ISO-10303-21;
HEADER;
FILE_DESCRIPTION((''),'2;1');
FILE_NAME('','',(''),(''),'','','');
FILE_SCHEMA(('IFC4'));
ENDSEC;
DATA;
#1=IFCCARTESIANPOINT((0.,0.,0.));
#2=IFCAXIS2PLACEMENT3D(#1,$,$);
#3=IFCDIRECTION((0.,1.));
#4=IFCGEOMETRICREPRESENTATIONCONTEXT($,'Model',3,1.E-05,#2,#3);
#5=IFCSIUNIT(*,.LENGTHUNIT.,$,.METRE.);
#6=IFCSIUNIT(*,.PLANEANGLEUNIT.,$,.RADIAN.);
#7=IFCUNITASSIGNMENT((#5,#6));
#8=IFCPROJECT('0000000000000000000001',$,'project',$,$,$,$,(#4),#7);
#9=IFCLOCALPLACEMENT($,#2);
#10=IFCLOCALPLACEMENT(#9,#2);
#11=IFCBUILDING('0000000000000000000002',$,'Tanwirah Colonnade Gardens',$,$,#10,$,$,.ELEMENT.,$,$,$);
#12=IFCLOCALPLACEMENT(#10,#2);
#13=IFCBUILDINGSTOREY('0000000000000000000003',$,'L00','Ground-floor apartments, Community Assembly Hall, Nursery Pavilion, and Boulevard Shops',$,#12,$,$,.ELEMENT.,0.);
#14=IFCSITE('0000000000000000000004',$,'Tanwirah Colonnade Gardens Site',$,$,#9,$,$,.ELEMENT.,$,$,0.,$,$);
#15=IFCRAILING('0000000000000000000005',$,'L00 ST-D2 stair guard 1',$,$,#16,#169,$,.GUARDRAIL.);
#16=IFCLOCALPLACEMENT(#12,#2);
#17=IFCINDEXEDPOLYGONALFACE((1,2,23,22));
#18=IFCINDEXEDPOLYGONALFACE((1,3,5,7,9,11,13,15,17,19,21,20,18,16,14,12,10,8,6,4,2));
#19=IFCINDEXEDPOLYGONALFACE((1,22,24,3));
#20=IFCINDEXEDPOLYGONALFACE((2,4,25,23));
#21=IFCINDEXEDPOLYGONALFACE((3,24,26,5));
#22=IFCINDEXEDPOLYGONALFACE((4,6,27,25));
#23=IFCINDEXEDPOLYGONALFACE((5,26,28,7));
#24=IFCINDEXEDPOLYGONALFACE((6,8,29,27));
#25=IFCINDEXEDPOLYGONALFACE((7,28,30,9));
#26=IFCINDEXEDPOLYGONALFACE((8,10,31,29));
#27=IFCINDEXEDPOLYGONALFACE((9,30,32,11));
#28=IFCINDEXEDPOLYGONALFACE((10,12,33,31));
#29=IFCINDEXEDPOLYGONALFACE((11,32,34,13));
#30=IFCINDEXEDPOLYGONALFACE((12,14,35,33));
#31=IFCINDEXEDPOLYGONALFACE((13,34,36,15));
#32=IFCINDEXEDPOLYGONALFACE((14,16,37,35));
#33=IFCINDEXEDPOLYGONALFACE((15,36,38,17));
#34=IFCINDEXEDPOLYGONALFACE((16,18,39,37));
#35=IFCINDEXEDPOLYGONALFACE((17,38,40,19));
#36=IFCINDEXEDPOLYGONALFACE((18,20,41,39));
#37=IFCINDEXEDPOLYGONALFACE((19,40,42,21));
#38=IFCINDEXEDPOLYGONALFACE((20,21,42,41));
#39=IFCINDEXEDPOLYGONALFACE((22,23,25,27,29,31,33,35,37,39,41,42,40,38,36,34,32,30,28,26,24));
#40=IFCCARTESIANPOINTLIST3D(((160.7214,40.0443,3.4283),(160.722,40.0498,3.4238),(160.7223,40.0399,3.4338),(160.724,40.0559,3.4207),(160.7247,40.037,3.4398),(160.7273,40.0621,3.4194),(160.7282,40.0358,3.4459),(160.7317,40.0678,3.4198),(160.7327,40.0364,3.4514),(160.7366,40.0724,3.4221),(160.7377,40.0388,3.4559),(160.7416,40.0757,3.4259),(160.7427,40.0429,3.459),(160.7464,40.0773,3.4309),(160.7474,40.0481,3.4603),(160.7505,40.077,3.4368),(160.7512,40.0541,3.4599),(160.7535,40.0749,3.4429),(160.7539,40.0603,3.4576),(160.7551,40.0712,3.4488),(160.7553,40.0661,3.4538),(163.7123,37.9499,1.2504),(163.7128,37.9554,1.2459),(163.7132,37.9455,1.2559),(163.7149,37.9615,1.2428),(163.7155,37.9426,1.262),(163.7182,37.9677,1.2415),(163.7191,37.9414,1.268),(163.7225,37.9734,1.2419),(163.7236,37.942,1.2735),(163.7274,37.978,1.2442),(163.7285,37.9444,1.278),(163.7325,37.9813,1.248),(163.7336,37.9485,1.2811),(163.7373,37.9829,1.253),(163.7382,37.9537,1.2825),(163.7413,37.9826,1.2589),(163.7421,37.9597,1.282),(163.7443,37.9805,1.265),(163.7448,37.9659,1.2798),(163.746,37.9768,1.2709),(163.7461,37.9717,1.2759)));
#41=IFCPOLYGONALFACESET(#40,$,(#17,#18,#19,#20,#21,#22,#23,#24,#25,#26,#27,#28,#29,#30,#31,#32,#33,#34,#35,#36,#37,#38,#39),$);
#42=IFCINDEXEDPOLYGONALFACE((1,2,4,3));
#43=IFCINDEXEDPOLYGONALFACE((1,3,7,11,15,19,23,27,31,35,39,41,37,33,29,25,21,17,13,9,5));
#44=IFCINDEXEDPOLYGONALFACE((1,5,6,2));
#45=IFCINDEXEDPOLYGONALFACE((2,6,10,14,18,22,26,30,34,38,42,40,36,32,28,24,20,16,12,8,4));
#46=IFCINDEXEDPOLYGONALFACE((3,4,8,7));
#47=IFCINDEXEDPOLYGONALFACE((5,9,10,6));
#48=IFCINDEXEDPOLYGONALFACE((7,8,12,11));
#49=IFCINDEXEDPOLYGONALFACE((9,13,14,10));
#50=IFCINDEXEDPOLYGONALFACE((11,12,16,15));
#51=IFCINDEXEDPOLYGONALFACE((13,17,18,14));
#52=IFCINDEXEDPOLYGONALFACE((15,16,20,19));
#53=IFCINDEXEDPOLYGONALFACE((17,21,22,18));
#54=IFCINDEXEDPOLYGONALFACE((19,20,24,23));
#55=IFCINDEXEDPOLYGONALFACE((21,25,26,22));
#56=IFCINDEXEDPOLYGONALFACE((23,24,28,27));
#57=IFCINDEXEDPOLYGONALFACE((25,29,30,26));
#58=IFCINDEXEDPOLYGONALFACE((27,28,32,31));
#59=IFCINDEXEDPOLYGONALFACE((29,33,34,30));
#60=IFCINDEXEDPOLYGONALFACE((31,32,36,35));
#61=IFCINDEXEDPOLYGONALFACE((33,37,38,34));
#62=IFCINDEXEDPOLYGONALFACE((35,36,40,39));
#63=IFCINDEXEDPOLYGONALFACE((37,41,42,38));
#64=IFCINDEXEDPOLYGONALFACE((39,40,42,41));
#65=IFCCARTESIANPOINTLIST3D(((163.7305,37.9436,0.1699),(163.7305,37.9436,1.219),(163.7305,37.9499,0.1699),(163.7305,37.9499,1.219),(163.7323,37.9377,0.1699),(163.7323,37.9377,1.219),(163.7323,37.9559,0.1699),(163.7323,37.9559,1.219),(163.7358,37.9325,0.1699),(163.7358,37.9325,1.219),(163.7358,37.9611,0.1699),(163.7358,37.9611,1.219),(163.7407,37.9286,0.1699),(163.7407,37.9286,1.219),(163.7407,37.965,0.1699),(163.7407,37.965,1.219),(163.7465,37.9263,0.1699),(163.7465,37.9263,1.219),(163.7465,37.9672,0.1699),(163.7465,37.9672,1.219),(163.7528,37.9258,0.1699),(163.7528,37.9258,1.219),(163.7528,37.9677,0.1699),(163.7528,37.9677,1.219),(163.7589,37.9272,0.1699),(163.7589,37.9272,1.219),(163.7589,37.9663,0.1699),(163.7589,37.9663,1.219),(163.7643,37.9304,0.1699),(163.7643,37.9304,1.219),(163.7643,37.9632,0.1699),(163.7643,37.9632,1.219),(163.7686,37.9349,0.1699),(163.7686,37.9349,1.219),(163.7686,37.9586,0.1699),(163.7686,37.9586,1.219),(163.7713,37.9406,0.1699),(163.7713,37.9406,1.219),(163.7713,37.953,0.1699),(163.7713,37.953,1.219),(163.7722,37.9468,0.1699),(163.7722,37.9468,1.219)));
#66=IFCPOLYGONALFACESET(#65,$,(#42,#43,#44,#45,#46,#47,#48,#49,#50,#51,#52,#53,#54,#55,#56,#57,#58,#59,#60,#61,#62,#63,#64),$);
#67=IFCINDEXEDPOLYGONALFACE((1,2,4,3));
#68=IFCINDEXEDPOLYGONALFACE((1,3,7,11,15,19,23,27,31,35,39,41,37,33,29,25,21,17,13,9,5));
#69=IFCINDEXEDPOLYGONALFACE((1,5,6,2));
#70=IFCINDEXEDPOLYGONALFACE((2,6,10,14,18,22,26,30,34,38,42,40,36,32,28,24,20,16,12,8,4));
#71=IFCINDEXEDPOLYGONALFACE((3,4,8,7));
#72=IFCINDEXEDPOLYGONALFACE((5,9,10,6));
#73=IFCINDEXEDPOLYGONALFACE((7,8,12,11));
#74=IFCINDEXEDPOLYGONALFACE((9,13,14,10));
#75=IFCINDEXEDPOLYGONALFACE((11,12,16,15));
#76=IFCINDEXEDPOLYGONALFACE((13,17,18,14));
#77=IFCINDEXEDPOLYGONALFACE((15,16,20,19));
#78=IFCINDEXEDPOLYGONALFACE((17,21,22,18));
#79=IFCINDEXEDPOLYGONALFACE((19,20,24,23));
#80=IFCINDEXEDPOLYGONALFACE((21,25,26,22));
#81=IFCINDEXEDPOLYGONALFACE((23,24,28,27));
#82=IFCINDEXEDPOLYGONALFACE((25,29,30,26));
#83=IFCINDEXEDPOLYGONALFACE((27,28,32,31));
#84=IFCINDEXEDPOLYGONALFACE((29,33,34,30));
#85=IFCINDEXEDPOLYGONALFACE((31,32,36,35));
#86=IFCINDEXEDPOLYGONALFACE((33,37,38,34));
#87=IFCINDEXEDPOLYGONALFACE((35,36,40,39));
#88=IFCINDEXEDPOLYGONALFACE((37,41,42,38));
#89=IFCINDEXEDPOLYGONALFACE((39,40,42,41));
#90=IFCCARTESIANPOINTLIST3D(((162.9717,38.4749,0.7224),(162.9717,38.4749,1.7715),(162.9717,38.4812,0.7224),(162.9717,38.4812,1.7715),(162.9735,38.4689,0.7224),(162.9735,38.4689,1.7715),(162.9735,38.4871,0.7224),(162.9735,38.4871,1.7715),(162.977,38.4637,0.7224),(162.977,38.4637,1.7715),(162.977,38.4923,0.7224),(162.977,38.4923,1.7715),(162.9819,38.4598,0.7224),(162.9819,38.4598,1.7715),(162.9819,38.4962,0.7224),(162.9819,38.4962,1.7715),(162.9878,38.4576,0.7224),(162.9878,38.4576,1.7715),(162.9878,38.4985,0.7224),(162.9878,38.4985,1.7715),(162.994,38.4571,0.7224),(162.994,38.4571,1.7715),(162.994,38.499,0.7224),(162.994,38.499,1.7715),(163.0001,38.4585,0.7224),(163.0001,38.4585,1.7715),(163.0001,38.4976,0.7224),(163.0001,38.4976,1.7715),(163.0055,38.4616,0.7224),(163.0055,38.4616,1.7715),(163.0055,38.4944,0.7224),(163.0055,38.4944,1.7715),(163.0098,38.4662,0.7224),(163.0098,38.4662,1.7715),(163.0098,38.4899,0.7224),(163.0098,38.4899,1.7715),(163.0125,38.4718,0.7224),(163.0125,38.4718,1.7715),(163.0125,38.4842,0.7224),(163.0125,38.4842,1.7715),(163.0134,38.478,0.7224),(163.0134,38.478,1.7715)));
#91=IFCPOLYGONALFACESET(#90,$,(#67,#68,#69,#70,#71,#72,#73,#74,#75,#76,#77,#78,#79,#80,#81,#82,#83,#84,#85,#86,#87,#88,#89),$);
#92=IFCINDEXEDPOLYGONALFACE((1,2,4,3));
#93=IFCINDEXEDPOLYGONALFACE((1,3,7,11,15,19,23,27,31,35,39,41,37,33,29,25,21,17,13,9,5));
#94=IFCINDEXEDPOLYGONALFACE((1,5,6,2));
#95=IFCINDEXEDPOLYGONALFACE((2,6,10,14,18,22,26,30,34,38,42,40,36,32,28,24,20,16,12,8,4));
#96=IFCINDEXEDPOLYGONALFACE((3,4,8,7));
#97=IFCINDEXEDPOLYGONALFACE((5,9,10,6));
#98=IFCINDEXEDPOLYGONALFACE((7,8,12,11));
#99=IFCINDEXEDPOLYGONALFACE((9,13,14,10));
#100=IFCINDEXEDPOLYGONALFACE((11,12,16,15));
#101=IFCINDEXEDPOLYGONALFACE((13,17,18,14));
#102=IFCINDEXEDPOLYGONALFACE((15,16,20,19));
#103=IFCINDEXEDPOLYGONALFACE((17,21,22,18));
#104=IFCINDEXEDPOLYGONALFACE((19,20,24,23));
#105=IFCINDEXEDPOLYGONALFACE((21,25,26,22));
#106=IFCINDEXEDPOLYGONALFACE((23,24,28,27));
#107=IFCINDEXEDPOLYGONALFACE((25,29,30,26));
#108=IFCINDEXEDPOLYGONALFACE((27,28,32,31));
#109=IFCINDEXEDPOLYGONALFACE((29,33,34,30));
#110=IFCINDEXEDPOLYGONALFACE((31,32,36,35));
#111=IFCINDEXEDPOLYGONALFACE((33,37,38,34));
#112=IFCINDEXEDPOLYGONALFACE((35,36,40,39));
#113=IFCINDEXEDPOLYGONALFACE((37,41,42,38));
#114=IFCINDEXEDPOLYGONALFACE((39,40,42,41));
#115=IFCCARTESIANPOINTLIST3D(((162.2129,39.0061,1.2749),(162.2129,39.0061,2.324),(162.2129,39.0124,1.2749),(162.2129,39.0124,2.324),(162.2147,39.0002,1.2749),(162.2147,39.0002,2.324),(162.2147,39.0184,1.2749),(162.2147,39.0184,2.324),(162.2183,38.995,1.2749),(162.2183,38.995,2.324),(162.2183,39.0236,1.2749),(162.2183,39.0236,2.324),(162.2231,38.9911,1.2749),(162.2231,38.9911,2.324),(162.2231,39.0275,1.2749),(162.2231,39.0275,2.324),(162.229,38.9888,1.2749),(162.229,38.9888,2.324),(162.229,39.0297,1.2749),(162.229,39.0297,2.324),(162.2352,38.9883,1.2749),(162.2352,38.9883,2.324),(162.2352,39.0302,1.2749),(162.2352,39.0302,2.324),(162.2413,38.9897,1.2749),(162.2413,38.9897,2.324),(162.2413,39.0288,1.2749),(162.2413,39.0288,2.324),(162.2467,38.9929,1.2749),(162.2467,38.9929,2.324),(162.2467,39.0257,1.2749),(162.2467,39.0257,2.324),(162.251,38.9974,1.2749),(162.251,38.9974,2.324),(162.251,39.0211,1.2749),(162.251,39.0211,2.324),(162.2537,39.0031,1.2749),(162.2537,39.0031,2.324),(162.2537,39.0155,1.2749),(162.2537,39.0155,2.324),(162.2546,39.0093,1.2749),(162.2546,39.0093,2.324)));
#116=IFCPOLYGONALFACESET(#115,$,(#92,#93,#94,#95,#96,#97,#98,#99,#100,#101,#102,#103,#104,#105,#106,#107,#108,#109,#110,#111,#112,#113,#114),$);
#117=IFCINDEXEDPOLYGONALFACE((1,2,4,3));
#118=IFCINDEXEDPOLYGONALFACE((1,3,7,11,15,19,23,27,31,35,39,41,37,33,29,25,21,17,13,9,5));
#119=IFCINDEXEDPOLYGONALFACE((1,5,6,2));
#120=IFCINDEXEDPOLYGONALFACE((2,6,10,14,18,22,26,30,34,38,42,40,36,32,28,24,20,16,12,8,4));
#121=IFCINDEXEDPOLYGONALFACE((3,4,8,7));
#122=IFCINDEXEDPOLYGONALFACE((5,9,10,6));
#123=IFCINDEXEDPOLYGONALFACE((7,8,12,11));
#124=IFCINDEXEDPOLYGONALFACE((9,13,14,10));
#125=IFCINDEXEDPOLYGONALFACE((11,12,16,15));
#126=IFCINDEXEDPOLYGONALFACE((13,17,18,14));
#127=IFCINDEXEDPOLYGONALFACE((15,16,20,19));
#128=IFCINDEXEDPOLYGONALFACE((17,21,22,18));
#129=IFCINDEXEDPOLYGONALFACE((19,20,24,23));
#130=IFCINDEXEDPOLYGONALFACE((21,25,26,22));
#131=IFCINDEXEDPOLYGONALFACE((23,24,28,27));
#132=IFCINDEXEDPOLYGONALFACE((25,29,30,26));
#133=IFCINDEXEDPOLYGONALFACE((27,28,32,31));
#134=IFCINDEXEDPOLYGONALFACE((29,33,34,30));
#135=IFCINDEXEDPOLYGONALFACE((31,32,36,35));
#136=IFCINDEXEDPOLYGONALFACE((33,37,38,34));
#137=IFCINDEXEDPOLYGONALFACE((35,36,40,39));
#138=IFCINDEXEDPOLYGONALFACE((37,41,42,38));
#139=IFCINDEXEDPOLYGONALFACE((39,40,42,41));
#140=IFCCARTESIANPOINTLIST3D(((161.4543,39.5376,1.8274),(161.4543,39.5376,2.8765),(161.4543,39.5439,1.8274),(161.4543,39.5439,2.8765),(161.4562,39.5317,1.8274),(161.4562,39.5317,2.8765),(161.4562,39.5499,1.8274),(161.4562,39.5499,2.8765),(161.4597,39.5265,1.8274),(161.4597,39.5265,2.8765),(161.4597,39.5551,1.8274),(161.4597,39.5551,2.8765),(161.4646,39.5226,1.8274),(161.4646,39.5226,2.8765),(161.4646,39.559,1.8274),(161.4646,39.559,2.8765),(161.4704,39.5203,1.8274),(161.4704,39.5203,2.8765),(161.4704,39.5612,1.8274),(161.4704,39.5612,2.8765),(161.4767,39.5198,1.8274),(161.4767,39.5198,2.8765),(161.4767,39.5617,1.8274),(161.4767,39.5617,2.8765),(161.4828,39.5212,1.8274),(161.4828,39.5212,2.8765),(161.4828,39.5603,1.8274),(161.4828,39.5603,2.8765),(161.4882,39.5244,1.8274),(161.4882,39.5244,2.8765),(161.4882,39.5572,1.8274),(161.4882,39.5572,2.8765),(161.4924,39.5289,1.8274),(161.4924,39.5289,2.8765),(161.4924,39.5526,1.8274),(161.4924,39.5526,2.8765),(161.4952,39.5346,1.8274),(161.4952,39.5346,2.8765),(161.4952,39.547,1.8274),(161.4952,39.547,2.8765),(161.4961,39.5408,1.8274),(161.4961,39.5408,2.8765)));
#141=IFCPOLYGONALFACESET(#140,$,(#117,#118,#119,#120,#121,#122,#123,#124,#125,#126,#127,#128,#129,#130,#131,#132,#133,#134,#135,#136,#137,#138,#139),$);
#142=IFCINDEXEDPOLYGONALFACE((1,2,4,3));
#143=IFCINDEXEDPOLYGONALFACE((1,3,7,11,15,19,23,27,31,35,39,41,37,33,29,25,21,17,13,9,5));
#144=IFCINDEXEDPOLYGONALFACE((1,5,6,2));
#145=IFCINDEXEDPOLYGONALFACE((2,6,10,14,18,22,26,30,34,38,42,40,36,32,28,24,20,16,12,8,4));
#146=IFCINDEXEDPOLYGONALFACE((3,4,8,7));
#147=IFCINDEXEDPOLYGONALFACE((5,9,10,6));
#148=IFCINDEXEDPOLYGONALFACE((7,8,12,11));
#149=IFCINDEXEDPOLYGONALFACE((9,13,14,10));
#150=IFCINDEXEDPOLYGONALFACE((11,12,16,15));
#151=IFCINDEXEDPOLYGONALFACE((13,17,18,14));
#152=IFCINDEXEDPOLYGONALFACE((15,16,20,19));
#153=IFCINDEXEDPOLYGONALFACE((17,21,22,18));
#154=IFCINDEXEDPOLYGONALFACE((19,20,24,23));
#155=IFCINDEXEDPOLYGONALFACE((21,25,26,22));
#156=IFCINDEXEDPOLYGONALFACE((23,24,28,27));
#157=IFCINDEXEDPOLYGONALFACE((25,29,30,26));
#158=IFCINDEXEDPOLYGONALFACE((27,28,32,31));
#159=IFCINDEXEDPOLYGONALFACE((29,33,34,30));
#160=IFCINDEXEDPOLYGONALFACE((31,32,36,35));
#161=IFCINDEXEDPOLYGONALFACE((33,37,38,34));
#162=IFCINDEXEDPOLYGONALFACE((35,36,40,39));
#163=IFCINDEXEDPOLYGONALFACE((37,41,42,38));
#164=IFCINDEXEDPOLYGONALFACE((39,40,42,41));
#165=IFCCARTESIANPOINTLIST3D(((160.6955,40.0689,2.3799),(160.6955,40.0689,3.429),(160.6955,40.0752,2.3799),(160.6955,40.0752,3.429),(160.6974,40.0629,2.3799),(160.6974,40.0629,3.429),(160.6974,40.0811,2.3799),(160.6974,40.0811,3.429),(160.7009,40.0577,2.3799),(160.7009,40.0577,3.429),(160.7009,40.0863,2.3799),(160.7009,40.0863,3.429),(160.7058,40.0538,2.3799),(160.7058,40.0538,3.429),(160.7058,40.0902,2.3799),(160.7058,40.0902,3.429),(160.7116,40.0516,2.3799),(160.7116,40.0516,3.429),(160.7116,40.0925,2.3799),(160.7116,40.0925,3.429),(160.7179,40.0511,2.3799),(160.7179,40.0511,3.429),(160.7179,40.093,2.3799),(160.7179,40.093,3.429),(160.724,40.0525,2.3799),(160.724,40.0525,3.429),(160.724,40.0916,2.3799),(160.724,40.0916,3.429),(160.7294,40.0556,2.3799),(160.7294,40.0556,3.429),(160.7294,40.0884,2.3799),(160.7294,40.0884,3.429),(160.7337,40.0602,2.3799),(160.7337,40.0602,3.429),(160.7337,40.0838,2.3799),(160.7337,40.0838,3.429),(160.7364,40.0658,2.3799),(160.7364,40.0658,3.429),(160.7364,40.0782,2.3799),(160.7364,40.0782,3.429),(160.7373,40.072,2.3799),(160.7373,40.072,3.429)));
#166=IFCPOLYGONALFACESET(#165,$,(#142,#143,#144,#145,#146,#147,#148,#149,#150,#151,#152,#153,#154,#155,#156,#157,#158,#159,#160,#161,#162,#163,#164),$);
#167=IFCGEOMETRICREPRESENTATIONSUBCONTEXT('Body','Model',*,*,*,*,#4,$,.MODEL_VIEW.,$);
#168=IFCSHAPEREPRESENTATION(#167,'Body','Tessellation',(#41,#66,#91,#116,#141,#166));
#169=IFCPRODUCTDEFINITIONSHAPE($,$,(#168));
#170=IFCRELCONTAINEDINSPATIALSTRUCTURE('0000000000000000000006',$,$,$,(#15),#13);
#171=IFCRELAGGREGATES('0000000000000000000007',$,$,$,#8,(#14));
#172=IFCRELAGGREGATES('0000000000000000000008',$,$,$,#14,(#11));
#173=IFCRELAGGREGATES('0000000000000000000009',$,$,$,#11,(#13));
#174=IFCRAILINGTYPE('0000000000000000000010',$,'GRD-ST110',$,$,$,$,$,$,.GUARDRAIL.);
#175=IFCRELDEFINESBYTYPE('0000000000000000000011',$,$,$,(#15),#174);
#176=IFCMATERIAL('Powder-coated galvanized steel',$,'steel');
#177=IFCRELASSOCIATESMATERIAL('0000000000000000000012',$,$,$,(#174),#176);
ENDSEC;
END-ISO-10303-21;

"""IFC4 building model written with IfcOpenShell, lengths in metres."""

from ifc_helpers import new_model, si_unit, direction, frame, origin, origin_2d, place, context, subcontext, project, spatial, circle, extrude, material, type_object, element, save


model = new_model("IFC4")

# Units and contexts
model_context = context("Model", 3, precision=1e-05, world=origin(), true_north=direction((0.0, 1.0)))
body_context = subcontext(model_context, "Body", "Model", "MODEL_VIEW")
ifc_project = project(units=[si_unit("LENGTHUNIT", "METRE"), si_unit("PLANEANGLEUNIT", "RADIAN")], contexts=[model_context])

# Site, building, storey
site_placement = place(None, origin())
site = spatial("IfcSite", under=ifc_project, at=site_placement, Name="Tanwirah Colonnade Gardens Site", CompositionType="ELEMENT", RefElevation=0.0)
building_placement = place(site_placement, origin())
building = spatial("IfcBuilding", under=site, at=building_placement, Name="Tanwirah Colonnade Gardens", CompositionType="ELEMENT")
storey_placement = place(building_placement, origin())
storey = spatial("IfcBuildingStorey", under=building, at=storey_placement, Name="L00", Description="Ground-floor apartments, Community Assembly Hall, Nursery Pavilion, and Boulevard Shops", CompositionType="ELEMENT", Elevation=0.0)

# Railing
ifc_material_1 = material(Name="Powder-coated galvanized steel", Category="steel")
railing_type_1 = type_object("IfcRailingType", Name="GRD-ST110", PredefinedType="GUARDRAIL", material=ifc_material_1)
railing_1_placement = place(storey_placement, frame((163.7512, 37.9468, 0.1699)))
element("IfcRailing", 1, at=railing_1_placement, inside=storey, type_object=railing_type_1, Name="L00 ST-D2 stair guard 1", PredefinedType="GUARDRAIL", context=body_context, shape_type="SweptSolid", body=[
    extrude(circle(Radius=0.0239, at=origin_2d()), frame((-0.022, 0.0154, 1.092), z_axis=(-0.70349, 0.49263, 0.512267), x_axis=(-0.573608, -0.81913, 0.0)), (0.0, 0.0, 1.0), 4.2515),
    extrude(circle(Radius=0.021, at=origin_2d()), origin(), (0.0, 0.0, 1.0), 1.0491),
    extrude(circle(Radius=0.021, at=origin_2d()), frame((-0.7588, 0.5312, 0.5525)), (0.0, 0.0, 1.0), 1.0491),
    extrude(circle(Radius=0.021, at=origin_2d()), frame((-1.5176, 1.0625, 1.105)), (0.0, 0.0, 1.0), 1.0491),
    extrude(circle(Radius=0.021, at=origin_2d()), frame((-2.2761, 1.594, 1.6575)), (0.0, 0.0, 1.0), 1.0491),
    extrude(circle(Radius=0.021, at=origin_2d()), frame((-3.0349, 2.1252, 2.21)), (0.0, 0.0, 1.0), 1.0491),
])

save(model, "model.ifc")
